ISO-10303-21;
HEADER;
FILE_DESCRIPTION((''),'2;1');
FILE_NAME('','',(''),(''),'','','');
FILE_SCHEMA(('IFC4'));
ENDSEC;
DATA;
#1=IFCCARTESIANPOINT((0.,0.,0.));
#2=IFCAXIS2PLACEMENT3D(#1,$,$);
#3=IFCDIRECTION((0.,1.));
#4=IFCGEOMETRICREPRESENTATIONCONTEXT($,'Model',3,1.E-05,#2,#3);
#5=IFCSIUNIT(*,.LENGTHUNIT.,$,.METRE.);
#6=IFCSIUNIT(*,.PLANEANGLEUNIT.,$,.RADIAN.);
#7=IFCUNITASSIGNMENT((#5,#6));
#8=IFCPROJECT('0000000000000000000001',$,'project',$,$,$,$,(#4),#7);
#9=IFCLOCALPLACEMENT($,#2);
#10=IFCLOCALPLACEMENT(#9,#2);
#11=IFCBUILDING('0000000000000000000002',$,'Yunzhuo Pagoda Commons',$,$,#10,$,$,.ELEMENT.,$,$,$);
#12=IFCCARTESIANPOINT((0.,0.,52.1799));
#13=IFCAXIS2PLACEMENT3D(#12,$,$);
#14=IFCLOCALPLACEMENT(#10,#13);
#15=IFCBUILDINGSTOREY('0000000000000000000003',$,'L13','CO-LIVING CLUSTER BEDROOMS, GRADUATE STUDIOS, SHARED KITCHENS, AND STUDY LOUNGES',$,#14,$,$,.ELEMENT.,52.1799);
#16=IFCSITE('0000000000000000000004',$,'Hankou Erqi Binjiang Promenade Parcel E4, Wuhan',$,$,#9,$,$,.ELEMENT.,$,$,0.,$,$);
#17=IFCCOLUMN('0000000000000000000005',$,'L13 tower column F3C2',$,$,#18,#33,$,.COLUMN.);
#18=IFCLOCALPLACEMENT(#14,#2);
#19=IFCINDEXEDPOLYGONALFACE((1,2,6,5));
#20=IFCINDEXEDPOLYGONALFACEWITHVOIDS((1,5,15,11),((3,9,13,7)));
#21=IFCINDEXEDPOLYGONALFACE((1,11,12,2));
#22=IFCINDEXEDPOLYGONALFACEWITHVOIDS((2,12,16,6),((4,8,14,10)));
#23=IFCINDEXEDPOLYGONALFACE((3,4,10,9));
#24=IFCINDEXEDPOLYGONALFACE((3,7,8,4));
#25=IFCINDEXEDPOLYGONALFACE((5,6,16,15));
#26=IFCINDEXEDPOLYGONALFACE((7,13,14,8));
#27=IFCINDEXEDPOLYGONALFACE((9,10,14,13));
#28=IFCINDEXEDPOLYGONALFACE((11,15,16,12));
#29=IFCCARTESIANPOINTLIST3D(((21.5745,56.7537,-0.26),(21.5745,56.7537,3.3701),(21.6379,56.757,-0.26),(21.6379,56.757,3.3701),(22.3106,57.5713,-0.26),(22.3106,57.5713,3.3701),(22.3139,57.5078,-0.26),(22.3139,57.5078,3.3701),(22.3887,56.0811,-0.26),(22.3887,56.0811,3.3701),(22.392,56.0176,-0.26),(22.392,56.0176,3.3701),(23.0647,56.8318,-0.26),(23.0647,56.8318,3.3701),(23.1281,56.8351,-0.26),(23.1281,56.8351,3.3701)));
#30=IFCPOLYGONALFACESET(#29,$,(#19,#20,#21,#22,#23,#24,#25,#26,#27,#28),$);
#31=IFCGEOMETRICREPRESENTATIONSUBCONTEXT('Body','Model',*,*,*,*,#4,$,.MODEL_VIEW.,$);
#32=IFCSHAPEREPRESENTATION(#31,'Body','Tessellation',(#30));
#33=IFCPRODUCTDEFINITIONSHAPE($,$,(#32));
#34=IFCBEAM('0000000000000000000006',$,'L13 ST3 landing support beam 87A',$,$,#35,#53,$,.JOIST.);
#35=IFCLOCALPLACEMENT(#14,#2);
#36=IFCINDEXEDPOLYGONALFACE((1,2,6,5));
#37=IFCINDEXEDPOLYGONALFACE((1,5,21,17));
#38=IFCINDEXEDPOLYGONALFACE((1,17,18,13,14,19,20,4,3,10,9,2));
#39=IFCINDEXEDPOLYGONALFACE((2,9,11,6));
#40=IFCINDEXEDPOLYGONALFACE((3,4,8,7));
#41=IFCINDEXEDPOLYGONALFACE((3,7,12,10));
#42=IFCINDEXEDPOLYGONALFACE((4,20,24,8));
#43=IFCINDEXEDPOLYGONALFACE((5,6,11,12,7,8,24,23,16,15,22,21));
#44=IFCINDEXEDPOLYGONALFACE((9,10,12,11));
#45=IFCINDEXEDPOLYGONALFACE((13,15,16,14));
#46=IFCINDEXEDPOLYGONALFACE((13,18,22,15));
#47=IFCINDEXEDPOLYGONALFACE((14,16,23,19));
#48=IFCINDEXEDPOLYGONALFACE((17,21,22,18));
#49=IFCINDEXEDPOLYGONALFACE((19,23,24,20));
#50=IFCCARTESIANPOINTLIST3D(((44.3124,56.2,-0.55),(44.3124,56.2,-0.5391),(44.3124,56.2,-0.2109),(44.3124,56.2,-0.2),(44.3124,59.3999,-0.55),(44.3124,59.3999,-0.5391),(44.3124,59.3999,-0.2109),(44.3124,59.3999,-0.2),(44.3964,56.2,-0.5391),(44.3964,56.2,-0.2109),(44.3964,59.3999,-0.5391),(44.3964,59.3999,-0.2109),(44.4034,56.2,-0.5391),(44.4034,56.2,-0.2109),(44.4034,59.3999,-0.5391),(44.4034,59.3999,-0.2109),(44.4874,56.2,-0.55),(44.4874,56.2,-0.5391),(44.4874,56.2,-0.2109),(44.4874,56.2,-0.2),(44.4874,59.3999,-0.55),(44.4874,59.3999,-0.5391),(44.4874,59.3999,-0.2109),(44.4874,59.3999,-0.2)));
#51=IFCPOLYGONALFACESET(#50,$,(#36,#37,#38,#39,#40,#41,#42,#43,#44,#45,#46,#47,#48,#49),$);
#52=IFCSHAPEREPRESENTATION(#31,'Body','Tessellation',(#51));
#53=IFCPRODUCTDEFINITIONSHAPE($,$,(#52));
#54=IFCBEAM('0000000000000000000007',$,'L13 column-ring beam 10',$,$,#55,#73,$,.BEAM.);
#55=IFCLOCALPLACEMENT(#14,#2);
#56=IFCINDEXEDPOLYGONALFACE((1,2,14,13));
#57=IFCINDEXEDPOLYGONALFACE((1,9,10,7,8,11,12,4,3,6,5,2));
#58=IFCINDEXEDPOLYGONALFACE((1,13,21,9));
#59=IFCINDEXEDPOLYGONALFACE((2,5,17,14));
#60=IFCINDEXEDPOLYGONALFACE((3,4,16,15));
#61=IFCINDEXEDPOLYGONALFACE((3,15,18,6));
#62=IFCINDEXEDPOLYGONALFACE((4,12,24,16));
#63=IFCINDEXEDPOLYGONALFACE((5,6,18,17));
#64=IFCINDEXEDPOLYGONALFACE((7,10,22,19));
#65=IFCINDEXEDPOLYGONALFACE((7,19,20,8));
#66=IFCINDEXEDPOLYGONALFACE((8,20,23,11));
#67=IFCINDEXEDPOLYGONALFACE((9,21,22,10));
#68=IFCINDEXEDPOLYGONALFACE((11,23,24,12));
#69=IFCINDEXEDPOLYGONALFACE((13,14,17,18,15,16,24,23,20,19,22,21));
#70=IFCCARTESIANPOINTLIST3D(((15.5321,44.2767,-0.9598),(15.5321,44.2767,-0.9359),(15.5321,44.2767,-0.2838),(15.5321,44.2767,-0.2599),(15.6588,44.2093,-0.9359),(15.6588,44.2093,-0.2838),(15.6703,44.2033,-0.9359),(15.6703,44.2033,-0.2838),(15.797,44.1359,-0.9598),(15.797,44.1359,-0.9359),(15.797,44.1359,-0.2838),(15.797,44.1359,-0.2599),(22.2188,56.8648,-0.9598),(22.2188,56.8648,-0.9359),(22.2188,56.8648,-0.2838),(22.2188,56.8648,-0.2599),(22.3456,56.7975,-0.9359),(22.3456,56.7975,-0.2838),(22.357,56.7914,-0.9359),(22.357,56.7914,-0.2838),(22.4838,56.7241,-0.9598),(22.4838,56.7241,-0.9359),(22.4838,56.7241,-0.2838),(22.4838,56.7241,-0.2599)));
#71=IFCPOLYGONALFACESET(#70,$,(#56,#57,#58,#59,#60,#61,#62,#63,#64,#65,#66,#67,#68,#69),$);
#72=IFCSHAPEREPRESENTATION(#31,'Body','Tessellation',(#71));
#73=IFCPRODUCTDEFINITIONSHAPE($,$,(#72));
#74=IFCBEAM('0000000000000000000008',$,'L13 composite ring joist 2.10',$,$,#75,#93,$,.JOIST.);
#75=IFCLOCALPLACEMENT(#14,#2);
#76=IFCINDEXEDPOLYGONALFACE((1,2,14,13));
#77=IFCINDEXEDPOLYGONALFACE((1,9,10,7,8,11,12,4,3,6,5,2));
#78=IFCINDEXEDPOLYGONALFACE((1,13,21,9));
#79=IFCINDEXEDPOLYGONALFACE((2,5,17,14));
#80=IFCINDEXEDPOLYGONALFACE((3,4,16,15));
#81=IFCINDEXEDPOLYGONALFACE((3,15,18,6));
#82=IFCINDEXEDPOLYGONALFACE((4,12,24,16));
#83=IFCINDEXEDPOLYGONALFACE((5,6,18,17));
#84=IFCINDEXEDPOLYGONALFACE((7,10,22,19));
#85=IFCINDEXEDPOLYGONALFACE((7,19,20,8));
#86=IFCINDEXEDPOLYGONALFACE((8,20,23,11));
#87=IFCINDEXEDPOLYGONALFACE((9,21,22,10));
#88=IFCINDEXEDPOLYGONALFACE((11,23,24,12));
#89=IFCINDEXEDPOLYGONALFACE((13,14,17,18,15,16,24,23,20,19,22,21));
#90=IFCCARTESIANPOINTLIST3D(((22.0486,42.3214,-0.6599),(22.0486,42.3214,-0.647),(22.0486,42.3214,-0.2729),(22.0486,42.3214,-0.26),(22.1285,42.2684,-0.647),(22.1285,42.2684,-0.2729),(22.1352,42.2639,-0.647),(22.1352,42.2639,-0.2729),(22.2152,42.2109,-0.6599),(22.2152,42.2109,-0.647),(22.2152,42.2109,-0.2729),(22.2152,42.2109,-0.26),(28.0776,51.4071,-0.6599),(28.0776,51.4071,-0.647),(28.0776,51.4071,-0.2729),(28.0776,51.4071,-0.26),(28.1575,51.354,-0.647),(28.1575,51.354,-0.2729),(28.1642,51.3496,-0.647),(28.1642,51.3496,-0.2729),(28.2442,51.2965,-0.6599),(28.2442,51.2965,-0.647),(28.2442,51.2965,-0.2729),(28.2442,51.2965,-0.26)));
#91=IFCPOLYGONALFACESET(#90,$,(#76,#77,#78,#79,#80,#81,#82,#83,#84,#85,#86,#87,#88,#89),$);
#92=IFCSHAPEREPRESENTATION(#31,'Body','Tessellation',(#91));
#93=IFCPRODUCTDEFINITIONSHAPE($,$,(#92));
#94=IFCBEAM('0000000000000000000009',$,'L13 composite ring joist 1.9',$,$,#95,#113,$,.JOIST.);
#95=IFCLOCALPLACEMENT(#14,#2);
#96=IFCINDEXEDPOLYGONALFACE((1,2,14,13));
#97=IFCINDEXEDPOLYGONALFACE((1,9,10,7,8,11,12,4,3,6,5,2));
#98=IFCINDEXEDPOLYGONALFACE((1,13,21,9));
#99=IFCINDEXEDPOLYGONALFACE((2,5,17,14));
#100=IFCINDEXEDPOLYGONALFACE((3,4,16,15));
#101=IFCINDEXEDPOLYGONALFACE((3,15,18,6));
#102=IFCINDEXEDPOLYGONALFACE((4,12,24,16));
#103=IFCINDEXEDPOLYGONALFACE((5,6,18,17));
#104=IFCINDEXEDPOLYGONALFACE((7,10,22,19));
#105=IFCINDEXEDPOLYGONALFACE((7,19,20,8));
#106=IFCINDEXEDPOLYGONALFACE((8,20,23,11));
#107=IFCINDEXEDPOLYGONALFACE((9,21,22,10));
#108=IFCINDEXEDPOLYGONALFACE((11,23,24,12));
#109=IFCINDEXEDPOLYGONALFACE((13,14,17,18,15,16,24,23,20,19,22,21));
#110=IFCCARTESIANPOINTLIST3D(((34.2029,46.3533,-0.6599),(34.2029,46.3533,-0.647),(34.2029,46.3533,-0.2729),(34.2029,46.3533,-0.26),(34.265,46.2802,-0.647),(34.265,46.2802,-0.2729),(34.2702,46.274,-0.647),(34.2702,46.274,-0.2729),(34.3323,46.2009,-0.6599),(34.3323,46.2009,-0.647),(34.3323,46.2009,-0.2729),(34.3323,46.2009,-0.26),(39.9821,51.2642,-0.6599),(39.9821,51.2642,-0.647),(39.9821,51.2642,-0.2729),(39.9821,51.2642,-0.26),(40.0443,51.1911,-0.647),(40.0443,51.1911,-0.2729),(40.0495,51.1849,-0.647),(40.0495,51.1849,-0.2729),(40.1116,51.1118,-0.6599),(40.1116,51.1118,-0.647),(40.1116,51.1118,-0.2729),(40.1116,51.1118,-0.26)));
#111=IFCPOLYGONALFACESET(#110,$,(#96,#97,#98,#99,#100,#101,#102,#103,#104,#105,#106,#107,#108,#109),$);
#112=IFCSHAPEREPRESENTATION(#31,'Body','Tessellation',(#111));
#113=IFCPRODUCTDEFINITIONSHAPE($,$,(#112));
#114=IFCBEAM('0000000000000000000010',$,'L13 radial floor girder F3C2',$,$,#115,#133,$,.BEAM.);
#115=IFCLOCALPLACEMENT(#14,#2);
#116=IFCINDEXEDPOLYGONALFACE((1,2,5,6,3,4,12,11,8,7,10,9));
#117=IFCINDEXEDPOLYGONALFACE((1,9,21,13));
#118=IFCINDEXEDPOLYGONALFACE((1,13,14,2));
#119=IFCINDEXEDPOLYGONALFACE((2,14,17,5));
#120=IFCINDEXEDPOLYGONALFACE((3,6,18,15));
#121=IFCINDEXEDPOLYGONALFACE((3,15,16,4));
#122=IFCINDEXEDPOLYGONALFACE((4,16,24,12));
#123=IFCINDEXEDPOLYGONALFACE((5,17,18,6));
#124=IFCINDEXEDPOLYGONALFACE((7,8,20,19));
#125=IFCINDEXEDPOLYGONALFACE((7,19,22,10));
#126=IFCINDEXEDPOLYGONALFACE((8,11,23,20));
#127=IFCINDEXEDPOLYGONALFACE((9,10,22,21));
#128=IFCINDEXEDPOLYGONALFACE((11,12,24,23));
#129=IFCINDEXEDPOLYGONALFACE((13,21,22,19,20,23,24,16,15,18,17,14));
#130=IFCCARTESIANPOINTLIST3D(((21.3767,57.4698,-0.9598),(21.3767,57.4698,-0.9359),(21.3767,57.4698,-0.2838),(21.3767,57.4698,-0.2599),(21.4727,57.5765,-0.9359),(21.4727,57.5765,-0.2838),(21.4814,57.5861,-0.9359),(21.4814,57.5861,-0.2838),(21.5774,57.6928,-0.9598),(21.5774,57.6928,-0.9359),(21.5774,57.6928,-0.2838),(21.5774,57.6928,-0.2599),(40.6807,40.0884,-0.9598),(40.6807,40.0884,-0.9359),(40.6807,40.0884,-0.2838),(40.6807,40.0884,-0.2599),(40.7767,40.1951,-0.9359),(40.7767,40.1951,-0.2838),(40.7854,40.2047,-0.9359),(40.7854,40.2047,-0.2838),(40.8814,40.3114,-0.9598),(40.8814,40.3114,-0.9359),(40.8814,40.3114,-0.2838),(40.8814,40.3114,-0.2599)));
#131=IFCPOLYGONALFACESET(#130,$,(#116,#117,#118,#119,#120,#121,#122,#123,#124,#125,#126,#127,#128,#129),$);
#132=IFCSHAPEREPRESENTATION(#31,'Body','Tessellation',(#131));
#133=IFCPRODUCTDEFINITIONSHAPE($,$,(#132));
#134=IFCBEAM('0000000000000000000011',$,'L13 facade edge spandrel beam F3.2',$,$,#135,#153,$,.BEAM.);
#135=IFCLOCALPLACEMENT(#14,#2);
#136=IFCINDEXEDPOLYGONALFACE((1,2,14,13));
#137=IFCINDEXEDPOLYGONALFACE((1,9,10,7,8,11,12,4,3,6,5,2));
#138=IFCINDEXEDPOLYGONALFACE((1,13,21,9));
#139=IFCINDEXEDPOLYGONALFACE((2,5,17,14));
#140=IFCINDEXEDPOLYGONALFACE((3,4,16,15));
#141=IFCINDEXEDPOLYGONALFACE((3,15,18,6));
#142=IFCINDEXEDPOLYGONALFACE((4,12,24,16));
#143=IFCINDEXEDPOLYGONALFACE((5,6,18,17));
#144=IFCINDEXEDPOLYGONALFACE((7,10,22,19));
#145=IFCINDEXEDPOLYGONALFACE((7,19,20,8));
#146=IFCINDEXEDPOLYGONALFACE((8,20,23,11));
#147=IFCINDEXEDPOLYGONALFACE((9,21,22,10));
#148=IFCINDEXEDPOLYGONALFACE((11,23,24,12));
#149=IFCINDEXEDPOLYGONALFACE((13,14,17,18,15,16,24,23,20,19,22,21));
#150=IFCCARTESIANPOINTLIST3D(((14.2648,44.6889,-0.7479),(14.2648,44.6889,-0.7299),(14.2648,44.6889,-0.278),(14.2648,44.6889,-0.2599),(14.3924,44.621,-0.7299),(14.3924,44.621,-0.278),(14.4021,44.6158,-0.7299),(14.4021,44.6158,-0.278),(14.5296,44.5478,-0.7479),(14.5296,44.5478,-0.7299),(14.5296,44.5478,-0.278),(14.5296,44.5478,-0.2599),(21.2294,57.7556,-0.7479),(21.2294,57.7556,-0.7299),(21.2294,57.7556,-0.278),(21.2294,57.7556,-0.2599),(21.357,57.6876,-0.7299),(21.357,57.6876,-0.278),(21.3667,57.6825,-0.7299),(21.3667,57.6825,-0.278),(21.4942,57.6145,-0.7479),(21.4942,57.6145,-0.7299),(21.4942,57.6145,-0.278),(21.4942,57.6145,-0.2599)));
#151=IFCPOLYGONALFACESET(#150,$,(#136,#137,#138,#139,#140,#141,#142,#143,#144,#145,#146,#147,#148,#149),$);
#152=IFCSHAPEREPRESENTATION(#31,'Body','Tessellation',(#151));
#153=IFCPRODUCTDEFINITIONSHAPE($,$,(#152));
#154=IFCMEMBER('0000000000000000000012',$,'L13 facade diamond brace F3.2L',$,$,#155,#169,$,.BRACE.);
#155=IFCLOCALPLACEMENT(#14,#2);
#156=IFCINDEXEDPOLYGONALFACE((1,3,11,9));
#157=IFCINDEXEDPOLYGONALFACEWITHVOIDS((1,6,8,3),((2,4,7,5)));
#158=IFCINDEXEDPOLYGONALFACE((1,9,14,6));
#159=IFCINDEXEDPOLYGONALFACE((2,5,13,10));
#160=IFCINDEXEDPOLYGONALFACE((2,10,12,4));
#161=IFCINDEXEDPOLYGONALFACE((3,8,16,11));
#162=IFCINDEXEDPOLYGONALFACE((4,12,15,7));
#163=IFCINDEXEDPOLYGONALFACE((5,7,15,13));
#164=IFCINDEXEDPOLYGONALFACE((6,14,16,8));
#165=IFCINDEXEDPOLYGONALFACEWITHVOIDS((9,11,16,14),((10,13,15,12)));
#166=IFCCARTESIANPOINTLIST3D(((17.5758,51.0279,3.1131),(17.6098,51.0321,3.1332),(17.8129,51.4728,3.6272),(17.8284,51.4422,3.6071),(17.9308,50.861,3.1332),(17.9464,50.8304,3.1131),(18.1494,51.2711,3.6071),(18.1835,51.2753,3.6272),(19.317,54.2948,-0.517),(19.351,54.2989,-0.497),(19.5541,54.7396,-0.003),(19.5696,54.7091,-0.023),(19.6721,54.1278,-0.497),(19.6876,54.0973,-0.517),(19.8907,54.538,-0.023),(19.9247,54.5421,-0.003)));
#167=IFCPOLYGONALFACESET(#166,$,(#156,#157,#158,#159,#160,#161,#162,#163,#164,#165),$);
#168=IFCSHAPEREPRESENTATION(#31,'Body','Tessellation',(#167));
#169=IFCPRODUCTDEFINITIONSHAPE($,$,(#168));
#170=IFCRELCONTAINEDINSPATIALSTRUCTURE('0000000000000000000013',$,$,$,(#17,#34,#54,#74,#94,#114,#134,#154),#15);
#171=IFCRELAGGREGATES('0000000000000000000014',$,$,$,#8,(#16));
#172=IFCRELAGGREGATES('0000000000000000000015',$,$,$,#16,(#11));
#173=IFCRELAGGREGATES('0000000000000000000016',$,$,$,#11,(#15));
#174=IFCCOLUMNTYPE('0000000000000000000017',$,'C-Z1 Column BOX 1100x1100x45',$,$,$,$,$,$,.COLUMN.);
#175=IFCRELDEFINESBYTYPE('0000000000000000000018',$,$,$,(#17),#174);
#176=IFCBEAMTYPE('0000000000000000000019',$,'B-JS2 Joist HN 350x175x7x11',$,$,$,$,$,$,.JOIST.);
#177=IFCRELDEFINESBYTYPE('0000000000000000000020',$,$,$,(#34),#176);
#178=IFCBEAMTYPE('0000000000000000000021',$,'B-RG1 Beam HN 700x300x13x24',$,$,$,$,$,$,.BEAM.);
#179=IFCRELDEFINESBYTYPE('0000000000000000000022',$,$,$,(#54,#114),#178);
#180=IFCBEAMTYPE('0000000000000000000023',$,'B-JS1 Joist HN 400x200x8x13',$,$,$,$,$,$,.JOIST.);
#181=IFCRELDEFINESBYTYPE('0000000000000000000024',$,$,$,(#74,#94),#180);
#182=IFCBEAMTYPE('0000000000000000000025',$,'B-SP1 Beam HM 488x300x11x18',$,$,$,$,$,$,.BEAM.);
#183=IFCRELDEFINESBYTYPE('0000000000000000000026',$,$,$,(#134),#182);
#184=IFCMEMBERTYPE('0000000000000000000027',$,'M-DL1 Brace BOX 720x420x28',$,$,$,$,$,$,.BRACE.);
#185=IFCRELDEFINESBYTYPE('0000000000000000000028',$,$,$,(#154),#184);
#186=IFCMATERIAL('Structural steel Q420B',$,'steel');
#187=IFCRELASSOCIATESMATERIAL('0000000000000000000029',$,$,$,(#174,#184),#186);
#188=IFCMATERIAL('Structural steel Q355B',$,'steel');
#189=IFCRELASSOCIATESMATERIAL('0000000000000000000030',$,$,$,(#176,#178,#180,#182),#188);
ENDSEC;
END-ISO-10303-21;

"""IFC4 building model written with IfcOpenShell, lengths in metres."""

from ifc_helpers import new_model, si_unit, direction, frame, origin, origin_2d, place, context, subcontext, project, spatial, hollow_rectangle, i_section, extrude, source, transform, mapped, material, material_profile, profile_set, type_object, element, save


model = new_model("IFC4")

# Units and contexts
model_context = context("Model", 3, precision=1e-05, world=origin(), true_north=direction((0.0, 1.0)))
body_context = subcontext(model_context, "Body", "Model", "MODEL_VIEW")
ifc_project = project(units=[si_unit("LENGTHUNIT", "METRE"), si_unit("PLANEANGLEUNIT", "RADIAN")], contexts=[model_context])

# Site, building, storey
site_placement = place(None, origin())
site = spatial("IfcSite", under=ifc_project, at=site_placement, Name="Hankou Erqi Binjiang Promenade Parcel E4, Wuhan", CompositionType="ELEMENT", RefElevation=0.0)
building_placement = place(site_placement, origin())
building = spatial("IfcBuilding", under=site, at=building_placement, Name="Yunzhuo Pagoda Commons", CompositionType="ELEMENT")
storey_placement = place(building_placement, frame((0.0, 0.0, 52.1799)))
storey = spatial("IfcBuildingStorey", under=building, at=storey_placement, Name="L13", Description="CO-LIVING CLUSTER BEDROOMS, GRADUATE STUDIOS, SHARED KITCHENS, AND STUDY LOUNGES", CompositionType="ELEMENT", Elevation=52.1799)

# Column
ifc_material_1 = material(Name="Structural steel Q420B", Category="steel")
ifc_material_profile_1 = material_profile(ifc_material_1, hollow_rectangle(XDim=1.1001, YDim=1.1001, WallThickness=0.0449, at=origin_2d()), Name="Structural steel Q420B")
ifc_profile_set_1 = profile_set([ifc_material_profile_1], Name="Structural steel Q420B")
column_type = type_object("IfcColumnType", Name="C-Z1 Column BOX 1100x1100x45", PredefinedType="COLUMN", material=ifc_profile_set_1)
shared_shape_1 = source(origin(), body_context, "Body", "SweptSolid", [
    extrude(hollow_rectangle(XDim=1.1001, YDim=1.1001, WallThickness=0.0449, at=origin_2d()), origin(), (0.0, 0.0, 1.0), 3.6301),
])
column_placement = place(storey_placement, frame((22.3513, 56.7944, -0.26), z_axis=(0.0, 0.0, 1.0), x_axis=(-0.669131, -0.743145, 0.0)))
element("IfcColumn", 1, at=column_placement, inside=storey, type_object=column_type, Name="L13 tower column F3C2", PredefinedType="COLUMN", context=body_context, shape_type="MappedRepresentation", body=[
    mapped(shared_shape_1, transform((0.0, 0.0, 0.0), scale=1.0)),
])

# Beams
ifc_material_2 = material(Name="Structural steel Q355B", Category="steel")
ifc_material_profile_2 = material_profile(ifc_material_2, i_section(OverallWidth=0.175, OverallDepth=0.3501, WebThickness=0.0071, FlangeThickness=0.011, at=origin_2d()), Name="Structural steel Q355B")
ifc_profile_set_2 = profile_set([ifc_material_profile_2], Name="Structural steel Q355B")
beam_type_1 = type_object("IfcBeamType", Name="B-JS2 Joist HN 350x175x7x11", PredefinedType="JOIST", material=ifc_profile_set_2)
shared_shape_2 = source(origin(), body_context, "Body", "SweptSolid", [
    extrude(i_section(OverallWidth=0.175, OverallDepth=0.3501, WebThickness=0.0071, FlangeThickness=0.011, at=origin_2d()), origin(), (0.0, 0.0, 1.0), 3.2),
])
beam_1_placement = place(storey_placement, frame((44.3999, 56.2, -0.375), z_axis=(0.0, 1.0, 0.0), x_axis=(-1.0, 0.0, 0.0)))
element("IfcBeam", 2, at=beam_1_placement, inside=storey, type_object=beam_type_1, Name="L13 ST3 landing support beam 87A", PredefinedType="JOIST", context=body_context, shape_type="MappedRepresentation", body=[
    mapped(shared_shape_2, transform((0.0, 0.0, 0.0), scale=1.0)),
])
ifc_material_profile_3 = material_profile(ifc_material_2, i_section(OverallWidth=0.3, OverallDepth=0.7, WebThickness=0.0129, FlangeThickness=0.0239, at=origin_2d()), Name="Structural steel Q355B")
ifc_profile_set_3 = profile_set([ifc_material_profile_3], Name="Structural steel Q355B")
beam_type_2 = type_object("IfcBeamType", Name="B-RG1 Beam HN 700x300x13x24", PredefinedType="BEAM", material=ifc_profile_set_3)
shared_shape_3 = source(origin(), body_context, "Body", "SweptSolid", [
    extrude(i_section(OverallWidth=0.3, OverallDepth=0.7, WebThickness=0.0129, FlangeThickness=0.0239, at=origin_2d()), origin(), (0.0, 0.0, 1.0), 14.2539),
])
beam_2_placement = place(storey_placement, frame((22.3513, 56.7944, -0.6099), z_axis=(-0.469118, -0.883135, 0.0), x_axis=(0.883135, -0.469118, 0.0)))
element("IfcBeam", 3, at=beam_2_placement, inside=storey, type_object=beam_type_2, Name="L13 column-ring beam 10", PredefinedType="BEAM", context=body_context, shape_type="MappedRepresentation", body=[
    mapped(shared_shape_3, transform((0.0, 0.0, 0.0), scale=1.0)),
])
ifc_material_profile_4 = material_profile(ifc_material_2, i_section(OverallWidth=0.2, OverallDepth=0.3999, WebThickness=0.0081, FlangeThickness=0.0129, at=origin_2d()), Name="Structural steel Q355B")
ifc_profile_set_4 = profile_set([ifc_material_profile_4], Name="Structural steel Q355B")
beam_type_3 = type_object("IfcBeamType", Name="B-JS1 Joist HN 400x200x8x13", PredefinedType="JOIST", material=ifc_profile_set_4)
shared_shape_4 = source(origin(), body_context, "Body", "SweptSolid", [
    extrude(i_section(OverallWidth=0.2, OverallDepth=0.3999, WebThickness=0.0081, FlangeThickness=0.0129, at=origin_2d()), origin(), (0.0, 0.0, 1.0), 10.9041),
])
beam_3_placement = place(storey_placement, frame((28.1609, 51.3518, -0.46), z_axis=(-0.552916, -0.833237, 0.0), x_axis=(0.833237, -0.552916, 0.0)))
element("IfcBeam", 4, at=beam_3_placement, inside=storey, type_object=beam_type_3, Name="L13 composite ring joist 2.10", PredefinedType="JOIST", context=body_context, shape_type="MappedRepresentation", body=[
    mapped(shared_shape_4, transform((0.0, 0.0, 0.0), scale=1.0)),
])
shared_shape_5 = source(origin(), body_context, "Body", "SweptSolid", [
    extrude(i_section(OverallWidth=0.2, OverallDepth=0.3999, WebThickness=0.0081, FlangeThickness=0.0129, at=origin_2d()), origin(), (0.0, 0.0, 1.0), 7.584),
])
beam_4_placement = place(storey_placement, frame((40.0469, 51.188, -0.46), z_axis=(-0.762038, -0.647533, 0.0), x_axis=(0.647533, -0.762038, 0.0)))
element("IfcBeam", 5, at=beam_4_placement, inside=storey, type_object=beam_type_3, Name="L13 composite ring joist 1.9", PredefinedType="JOIST", context=body_context, shape_type="MappedRepresentation", body=[
    mapped(shared_shape_5, transform((0.0, 0.0, 0.0), scale=1.0)),
])
shared_shape_6 = source(origin(), body_context, "Body", "SweptSolid", [
    extrude(i_section(OverallWidth=0.3, OverallDepth=0.7, WebThickness=0.0129, FlangeThickness=0.0239, at=origin_2d()), origin(), (0.0, 0.0, 1.0), 25.9761),
])
beam_5_placement = place(storey_placement, frame((21.4771, 57.5813, -0.6099), z_axis=(0.743145, -0.66913, 0.0), x_axis=(0.66913, 0.743145, 0.0)))
element("IfcBeam", 6, at=beam_5_placement, inside=storey, type_object=beam_type_2, Name="L13 radial floor girder F3C2", PredefinedType="BEAM", context=body_context, shape_type="MappedRepresentation", body=[
    mapped(shared_shape_6, transform((0.0, 0.0, 0.0), scale=1.0)),
])
ifc_material_profile_5 = material_profile(ifc_material_2, i_section(OverallWidth=0.3, OverallDepth=0.488, WebThickness=0.011, FlangeThickness=0.0181, at=origin_2d()), Name="Structural steel Q355B")
ifc_profile_set_5 = profile_set([ifc_material_profile_5], Name="Structural steel Q355B")
beam_type_4 = type_object("IfcBeamType", Name="B-SP1 Beam HM 488x300x11x18", PredefinedType="BEAM", material=ifc_profile_set_5)
shared_shape_7 = source(origin(), body_context, "Body", "SweptSolid", [
    extrude(i_section(OverallWidth=0.3, OverallDepth=0.488, WebThickness=0.011, FlangeThickness=0.0181, at=origin_2d()), origin(), (0.0, 0.0, 1.0), 14.8069),
])
beam_6_placement = place(storey_placement, frame((21.3618, 57.6851, -0.5039), z_axis=(-0.470363, -0.882473, 0.0), x_axis=(0.882473, -0.470363, 0.0)))
element("IfcBeam", 7, at=beam_6_placement, inside=storey, type_object=beam_type_4, Name="L13 facade edge spandrel beam F3.2", PredefinedType="BEAM", context=body_context, shape_type="MappedRepresentation", body=[
    mapped(shared_shape_7, transform((0.0, 0.0, 0.0), scale=1.0)),
])

# Member
ifc_material_profile_6 = material_profile(ifc_material_1, hollow_rectangle(XDim=0.4199, YDim=0.72, WallThickness=0.0281, at=origin_2d()), Name="Structural steel Q420B")
ifc_profile_set_6 = profile_set([ifc_material_profile_6], Name="Structural steel Q420B")
member_type_1 = type_object("IfcMemberType", Name="M-DL1 Brace BOX 720x420x28", PredefinedType="BRACE", material=ifc_profile_set_6)
shared_shape_8 = source(origin(), body_context, "Body", "SweptSolid", [
    extrude(hollow_rectangle(XDim=0.4199, YDim=0.72, WallThickness=0.0281, at=origin_2d()), origin(), (0.0, 0.0, 1.0), 5.1848),
])
member_1_placement = place(storey_placement, frame((19.6208, 54.4185, -0.26), z_axis=(-0.335831, -0.630084, 0.700151), x_axis=(0.882477, -0.470355, 0.0)))
element("IfcMember", 8, at=member_1_placement, inside=storey, type_object=member_type_1, Name="L13 facade diamond brace F3.2L", PredefinedType="BRACE", context=body_context, shape_type="MappedRepresentation", body=[
    mapped(shared_shape_8, transform((0.0, 0.0, 0.0), scale=1.0)),
])

save(model, "model.ifc")
